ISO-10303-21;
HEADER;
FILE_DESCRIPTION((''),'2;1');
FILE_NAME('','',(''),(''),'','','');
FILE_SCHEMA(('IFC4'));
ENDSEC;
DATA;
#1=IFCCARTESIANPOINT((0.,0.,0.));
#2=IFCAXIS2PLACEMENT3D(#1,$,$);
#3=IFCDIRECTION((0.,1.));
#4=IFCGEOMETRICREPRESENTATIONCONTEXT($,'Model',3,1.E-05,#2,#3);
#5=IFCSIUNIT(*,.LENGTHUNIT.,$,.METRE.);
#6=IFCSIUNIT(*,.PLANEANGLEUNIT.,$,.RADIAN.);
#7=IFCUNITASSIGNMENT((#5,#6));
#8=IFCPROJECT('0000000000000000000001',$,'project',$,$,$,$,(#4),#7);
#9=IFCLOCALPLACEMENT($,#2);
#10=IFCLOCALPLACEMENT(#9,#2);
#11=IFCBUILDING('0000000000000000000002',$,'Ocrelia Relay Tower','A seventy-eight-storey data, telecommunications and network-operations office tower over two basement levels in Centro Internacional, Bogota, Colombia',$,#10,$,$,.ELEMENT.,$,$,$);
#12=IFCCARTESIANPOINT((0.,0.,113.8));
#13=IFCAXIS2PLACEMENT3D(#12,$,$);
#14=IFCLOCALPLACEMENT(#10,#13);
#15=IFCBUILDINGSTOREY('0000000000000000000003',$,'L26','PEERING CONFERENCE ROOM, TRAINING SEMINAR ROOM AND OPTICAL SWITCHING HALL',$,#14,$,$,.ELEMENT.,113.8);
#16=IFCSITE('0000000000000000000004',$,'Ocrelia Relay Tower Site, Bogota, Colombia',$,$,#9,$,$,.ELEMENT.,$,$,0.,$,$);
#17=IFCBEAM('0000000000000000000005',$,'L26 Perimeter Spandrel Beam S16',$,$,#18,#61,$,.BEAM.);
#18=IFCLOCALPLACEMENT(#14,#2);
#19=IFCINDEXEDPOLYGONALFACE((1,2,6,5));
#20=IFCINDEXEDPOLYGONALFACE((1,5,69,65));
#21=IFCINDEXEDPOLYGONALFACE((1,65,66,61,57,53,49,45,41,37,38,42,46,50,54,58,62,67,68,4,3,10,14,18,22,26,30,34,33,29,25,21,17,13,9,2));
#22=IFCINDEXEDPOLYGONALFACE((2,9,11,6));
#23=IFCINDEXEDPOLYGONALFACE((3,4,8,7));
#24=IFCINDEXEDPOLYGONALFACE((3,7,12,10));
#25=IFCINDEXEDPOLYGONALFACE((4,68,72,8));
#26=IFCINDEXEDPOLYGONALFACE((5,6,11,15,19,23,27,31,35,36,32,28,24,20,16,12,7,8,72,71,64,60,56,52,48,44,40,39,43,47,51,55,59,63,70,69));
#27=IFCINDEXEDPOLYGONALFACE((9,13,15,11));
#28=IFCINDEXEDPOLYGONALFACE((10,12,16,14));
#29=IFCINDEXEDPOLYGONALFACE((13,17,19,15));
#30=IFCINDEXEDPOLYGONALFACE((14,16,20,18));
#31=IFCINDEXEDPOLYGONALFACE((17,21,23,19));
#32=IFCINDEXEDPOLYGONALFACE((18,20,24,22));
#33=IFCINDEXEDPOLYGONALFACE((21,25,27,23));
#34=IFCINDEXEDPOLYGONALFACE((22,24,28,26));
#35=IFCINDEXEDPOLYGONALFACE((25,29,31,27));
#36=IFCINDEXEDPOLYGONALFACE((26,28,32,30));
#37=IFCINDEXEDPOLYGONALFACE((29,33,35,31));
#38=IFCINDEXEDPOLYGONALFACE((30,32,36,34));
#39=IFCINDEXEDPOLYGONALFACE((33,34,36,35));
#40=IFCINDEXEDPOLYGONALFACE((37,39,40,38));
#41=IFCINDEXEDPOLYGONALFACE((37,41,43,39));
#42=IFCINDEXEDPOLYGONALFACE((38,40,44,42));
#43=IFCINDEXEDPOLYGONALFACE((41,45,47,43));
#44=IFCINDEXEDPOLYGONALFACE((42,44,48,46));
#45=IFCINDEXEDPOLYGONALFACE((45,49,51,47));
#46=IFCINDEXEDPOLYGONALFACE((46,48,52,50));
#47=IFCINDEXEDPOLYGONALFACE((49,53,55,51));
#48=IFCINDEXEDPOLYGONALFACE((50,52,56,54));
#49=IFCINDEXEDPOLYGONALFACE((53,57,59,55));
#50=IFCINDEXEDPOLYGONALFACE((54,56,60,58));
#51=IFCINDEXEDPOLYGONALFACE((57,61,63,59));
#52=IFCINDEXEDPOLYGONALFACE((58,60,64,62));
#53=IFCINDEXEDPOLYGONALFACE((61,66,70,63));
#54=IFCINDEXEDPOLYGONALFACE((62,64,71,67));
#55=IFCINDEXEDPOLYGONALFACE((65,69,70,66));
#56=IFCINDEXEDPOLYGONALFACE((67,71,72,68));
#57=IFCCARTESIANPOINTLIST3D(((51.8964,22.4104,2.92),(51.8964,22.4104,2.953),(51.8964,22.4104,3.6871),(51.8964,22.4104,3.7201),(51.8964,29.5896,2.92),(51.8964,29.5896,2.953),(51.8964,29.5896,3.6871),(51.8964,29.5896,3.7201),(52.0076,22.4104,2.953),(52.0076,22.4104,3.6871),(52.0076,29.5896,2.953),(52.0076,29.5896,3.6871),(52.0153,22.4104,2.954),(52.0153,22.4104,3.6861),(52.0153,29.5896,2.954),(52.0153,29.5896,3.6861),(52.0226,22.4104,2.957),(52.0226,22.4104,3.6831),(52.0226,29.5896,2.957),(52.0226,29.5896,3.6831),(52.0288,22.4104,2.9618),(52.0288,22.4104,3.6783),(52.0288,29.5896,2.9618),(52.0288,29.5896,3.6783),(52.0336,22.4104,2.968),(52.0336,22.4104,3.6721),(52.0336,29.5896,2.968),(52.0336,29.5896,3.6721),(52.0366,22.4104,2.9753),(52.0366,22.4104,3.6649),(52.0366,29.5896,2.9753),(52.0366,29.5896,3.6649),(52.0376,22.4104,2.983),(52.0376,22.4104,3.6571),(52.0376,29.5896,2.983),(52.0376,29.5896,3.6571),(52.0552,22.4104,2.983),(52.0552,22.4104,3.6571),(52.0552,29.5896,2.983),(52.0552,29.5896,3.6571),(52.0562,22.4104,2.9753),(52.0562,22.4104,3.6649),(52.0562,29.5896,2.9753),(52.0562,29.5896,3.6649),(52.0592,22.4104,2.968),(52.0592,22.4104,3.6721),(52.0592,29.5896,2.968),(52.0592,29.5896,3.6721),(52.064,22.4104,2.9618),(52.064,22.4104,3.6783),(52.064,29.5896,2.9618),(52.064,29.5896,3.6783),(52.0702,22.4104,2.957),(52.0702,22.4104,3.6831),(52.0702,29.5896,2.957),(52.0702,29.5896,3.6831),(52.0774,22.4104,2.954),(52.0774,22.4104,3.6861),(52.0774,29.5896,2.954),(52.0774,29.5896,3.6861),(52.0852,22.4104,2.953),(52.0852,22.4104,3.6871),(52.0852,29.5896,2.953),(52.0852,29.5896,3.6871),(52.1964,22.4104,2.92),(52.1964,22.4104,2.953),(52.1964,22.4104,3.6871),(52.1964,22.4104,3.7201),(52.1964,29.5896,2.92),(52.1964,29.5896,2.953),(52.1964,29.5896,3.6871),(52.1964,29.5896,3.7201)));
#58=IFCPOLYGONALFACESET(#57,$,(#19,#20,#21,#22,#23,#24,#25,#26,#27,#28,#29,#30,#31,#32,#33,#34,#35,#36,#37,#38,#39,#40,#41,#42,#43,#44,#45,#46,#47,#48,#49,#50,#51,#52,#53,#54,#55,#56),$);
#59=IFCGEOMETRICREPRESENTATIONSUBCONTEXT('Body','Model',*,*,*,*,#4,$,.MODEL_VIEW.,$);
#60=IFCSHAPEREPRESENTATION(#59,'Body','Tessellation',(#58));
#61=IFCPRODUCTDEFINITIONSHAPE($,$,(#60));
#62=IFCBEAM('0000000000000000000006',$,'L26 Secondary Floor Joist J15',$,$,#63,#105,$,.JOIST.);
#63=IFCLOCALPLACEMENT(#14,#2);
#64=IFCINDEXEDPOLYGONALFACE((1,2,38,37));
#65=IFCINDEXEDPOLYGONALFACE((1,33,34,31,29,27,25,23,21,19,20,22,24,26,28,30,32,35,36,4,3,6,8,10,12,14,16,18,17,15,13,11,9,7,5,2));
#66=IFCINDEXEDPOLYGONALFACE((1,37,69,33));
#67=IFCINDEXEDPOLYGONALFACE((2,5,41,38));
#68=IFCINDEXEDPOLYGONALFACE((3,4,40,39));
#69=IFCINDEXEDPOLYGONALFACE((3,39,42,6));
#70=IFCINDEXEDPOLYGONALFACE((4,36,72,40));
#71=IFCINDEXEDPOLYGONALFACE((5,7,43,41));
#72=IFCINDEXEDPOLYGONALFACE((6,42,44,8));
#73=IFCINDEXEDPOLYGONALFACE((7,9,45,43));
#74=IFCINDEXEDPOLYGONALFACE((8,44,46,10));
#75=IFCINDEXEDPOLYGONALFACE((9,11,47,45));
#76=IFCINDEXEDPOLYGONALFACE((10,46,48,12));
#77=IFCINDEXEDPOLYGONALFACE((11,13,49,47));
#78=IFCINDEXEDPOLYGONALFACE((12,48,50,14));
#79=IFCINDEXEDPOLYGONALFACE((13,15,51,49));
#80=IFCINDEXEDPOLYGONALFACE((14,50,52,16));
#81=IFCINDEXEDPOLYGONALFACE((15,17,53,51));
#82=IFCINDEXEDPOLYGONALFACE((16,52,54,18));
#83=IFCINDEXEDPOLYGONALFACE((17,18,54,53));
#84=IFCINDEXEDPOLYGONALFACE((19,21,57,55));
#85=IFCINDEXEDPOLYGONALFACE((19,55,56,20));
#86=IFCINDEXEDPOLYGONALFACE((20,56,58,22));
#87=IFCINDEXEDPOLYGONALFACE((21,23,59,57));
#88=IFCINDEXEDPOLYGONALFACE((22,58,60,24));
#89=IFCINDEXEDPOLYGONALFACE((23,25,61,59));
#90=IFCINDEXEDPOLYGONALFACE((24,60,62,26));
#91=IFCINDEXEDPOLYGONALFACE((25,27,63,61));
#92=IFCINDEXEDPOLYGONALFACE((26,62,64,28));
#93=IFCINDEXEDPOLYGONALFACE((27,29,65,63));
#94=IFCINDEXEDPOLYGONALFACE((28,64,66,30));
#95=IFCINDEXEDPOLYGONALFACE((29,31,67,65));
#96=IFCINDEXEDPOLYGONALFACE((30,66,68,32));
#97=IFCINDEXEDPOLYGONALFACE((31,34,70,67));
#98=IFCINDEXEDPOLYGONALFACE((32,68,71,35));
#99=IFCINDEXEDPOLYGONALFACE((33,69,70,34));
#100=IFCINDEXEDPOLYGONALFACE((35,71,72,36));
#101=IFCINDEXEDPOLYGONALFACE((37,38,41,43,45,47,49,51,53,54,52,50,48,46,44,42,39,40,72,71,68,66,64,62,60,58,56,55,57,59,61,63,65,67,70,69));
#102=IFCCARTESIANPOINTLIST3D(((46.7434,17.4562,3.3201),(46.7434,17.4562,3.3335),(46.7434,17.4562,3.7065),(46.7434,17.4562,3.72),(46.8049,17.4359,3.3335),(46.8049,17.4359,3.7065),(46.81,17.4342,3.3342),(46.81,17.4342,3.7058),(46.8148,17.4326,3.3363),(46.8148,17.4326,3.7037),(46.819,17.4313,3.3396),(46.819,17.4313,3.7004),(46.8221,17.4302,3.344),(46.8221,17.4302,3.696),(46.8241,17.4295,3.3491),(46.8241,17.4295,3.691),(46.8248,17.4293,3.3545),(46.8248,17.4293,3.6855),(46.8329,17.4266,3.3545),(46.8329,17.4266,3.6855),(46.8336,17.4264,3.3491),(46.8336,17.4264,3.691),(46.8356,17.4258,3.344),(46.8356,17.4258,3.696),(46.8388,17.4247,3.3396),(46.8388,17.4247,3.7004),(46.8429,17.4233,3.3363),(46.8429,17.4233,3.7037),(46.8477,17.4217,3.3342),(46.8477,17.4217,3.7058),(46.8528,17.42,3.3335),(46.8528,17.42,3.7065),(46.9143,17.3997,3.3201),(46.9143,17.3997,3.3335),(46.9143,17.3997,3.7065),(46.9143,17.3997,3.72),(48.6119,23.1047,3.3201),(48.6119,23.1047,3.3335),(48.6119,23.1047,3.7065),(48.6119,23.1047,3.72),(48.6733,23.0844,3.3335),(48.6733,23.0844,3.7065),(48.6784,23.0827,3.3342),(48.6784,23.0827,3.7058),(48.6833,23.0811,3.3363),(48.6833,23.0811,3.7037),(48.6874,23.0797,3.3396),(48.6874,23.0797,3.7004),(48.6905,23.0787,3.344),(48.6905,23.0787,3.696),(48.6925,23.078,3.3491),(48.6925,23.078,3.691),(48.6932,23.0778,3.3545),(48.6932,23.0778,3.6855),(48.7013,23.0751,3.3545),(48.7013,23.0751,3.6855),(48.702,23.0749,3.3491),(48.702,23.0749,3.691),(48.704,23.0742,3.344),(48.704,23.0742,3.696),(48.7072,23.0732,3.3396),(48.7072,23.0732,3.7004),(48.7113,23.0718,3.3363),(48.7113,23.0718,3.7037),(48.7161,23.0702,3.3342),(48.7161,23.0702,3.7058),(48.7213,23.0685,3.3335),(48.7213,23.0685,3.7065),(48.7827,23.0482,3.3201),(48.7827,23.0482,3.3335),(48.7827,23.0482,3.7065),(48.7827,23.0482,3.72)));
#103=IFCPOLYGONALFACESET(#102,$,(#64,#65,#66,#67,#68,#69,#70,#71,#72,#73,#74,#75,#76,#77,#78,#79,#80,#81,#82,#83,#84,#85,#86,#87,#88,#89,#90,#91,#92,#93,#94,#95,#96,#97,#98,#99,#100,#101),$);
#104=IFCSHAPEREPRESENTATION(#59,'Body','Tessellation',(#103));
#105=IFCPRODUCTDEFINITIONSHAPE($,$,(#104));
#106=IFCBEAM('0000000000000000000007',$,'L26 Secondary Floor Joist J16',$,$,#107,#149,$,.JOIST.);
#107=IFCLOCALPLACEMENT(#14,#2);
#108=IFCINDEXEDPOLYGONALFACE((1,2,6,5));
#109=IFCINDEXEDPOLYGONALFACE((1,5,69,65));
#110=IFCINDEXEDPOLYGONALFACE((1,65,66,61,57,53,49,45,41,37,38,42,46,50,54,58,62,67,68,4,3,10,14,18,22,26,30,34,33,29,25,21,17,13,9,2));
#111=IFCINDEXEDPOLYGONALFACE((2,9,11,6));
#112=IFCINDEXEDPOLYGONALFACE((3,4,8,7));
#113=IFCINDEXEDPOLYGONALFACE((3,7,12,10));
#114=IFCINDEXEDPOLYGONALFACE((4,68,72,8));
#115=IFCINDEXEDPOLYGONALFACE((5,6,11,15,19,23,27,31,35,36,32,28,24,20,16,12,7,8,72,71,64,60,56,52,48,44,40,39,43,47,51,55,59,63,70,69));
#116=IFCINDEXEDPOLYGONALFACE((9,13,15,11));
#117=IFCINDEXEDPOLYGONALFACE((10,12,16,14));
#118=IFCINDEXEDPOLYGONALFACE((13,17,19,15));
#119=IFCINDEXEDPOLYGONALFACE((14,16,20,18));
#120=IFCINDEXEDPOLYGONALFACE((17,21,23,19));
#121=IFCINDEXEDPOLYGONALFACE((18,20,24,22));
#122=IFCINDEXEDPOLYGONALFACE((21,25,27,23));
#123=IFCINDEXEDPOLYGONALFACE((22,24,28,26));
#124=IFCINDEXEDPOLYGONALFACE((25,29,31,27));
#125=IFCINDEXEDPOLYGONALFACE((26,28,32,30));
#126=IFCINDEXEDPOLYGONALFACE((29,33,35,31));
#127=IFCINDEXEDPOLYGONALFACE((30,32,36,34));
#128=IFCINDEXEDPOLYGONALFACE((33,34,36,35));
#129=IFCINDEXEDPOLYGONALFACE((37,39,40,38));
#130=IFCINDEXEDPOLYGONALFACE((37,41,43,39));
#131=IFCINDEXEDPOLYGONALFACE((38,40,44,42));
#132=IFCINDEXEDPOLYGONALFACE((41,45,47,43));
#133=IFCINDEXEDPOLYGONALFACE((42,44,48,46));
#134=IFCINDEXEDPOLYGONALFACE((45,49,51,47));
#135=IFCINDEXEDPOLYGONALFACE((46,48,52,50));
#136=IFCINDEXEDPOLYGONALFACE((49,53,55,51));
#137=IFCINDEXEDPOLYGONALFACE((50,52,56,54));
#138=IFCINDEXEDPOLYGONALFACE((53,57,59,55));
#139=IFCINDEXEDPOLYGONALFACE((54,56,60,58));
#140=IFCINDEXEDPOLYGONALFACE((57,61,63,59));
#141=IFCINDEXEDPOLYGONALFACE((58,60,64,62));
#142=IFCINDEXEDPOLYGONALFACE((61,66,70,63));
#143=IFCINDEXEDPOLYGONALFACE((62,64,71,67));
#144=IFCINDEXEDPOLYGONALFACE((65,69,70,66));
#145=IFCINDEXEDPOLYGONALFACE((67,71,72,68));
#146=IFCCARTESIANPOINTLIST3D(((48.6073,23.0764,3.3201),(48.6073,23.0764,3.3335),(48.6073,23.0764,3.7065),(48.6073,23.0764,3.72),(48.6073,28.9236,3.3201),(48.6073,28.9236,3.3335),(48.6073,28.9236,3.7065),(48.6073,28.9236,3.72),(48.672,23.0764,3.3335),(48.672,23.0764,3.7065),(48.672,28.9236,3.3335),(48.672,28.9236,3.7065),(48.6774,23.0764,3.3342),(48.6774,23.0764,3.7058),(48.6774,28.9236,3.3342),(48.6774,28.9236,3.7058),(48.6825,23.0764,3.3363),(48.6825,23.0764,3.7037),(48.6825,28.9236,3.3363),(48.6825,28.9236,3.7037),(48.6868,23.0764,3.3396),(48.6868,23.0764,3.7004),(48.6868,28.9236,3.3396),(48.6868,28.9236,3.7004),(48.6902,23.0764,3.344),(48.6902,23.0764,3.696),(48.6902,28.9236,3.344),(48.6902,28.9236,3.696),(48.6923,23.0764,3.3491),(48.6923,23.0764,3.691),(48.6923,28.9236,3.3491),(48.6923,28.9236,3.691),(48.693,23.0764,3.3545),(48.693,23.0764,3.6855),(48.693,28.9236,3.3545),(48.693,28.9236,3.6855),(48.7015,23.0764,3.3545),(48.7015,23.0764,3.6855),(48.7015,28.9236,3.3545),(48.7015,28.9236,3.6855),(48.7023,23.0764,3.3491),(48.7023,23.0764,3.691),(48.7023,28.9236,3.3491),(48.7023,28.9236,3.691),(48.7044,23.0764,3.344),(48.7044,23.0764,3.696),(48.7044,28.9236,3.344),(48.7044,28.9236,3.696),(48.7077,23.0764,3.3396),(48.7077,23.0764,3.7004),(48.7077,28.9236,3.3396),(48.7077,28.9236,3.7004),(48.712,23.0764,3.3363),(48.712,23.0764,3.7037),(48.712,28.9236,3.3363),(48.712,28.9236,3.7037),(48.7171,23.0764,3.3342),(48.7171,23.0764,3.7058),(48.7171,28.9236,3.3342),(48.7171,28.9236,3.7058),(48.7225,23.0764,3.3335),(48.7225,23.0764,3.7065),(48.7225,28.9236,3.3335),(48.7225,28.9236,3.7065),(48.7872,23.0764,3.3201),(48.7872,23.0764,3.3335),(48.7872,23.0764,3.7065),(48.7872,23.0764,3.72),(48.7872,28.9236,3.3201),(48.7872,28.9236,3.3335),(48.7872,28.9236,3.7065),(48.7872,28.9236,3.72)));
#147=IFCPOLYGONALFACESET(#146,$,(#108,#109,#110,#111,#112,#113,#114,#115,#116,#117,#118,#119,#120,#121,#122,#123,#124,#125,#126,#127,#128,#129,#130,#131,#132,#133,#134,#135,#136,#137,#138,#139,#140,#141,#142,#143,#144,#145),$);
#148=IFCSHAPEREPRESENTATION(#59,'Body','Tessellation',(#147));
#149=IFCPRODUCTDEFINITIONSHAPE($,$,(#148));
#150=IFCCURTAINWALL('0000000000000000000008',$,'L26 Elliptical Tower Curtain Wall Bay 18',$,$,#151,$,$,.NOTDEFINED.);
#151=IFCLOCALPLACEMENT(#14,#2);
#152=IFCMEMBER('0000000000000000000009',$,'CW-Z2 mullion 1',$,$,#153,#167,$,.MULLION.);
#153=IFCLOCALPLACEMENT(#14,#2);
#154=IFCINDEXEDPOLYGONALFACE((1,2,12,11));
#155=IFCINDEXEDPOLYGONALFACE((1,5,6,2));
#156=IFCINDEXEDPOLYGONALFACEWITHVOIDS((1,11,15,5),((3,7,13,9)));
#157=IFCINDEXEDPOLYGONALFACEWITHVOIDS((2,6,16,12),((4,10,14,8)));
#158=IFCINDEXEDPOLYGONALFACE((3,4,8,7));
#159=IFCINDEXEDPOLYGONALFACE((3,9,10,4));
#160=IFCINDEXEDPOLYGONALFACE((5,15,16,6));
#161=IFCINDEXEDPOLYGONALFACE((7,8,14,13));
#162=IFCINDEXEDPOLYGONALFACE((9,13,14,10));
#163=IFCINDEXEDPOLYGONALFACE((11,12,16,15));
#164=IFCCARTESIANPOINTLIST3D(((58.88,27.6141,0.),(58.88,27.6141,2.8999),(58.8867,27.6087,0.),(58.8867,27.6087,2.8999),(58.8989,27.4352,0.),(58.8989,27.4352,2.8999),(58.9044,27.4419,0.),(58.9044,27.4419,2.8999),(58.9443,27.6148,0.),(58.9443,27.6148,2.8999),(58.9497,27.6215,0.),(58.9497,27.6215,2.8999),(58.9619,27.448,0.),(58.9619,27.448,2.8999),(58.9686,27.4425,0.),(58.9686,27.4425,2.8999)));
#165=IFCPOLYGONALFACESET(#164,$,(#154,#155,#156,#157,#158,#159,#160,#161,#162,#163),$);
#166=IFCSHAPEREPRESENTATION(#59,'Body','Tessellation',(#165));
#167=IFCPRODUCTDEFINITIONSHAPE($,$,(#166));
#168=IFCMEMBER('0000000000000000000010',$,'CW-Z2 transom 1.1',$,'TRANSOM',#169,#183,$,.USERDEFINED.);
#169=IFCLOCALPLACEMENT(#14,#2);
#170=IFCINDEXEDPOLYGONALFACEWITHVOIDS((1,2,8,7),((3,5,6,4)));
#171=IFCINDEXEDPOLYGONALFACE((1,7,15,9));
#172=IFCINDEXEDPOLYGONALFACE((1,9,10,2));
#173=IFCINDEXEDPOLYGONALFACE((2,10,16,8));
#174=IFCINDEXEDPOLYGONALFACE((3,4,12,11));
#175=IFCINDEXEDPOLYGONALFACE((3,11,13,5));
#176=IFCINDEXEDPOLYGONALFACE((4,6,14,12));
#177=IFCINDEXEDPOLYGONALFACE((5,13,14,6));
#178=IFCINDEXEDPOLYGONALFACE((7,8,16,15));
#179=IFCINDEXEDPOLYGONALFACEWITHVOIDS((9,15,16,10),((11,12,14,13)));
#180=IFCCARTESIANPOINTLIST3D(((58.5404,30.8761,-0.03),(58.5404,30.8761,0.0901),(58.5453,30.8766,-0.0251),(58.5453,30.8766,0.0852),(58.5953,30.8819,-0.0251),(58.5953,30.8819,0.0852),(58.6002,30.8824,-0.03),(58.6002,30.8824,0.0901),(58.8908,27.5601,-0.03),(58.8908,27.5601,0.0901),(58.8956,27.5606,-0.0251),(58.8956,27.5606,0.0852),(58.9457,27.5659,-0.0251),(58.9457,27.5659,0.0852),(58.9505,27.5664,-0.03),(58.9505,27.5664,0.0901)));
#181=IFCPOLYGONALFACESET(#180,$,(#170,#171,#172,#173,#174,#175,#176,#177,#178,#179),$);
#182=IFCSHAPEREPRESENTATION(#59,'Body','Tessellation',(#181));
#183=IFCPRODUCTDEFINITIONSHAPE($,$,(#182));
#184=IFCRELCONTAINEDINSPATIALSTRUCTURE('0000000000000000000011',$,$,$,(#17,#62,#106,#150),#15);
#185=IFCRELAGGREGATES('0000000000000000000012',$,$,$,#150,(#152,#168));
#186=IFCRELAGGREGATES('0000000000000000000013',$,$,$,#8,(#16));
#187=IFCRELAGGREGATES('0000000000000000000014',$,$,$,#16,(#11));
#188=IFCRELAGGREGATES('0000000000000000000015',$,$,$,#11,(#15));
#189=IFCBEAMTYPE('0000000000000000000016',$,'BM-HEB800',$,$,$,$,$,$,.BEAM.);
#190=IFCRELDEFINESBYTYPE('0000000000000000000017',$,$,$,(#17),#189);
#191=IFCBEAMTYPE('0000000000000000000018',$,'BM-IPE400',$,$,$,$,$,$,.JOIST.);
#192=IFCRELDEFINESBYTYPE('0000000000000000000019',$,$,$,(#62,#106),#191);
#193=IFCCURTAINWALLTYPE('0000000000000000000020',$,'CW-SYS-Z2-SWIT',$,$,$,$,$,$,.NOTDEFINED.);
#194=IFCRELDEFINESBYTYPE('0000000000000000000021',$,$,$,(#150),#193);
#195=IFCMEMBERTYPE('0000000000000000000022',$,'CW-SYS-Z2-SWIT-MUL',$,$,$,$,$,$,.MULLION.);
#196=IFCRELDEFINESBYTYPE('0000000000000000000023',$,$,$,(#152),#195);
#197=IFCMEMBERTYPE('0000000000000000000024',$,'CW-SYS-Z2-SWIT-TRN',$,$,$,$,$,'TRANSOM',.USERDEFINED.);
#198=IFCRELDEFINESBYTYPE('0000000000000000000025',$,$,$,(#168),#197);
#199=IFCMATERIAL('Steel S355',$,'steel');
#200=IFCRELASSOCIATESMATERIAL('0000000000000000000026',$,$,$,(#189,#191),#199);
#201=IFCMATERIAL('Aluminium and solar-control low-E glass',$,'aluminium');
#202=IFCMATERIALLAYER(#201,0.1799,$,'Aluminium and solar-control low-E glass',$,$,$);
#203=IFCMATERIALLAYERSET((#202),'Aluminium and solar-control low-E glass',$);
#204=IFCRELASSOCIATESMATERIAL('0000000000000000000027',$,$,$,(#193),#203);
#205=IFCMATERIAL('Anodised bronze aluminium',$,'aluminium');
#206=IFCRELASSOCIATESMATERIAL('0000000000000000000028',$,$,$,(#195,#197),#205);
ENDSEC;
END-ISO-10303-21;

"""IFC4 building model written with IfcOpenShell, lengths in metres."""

from ifc_helpers import new_model, si_unit, direction, frame, origin, origin_2d, place, context, subcontext, project, spatial, hollow_rectangle, i_section, extrude, material, layer, layer_set, material_profile, profile_set, type_object, element, aggregate, save


model = new_model("IFC4")

# Units and contexts
model_context = context("Model", 3, precision=1e-05, world=origin(), true_north=direction((0.0, 1.0)))
body_context = subcontext(model_context, "Body", "Model", "MODEL_VIEW")
ifc_project = project(units=[si_unit("LENGTHUNIT", "METRE"), si_unit("PLANEANGLEUNIT", "RADIAN")], contexts=[model_context])

# Site, building, storey
site_placement = place(None, origin())
site = spatial("IfcSite", under=ifc_project, at=site_placement, Name="Ocrelia Relay Tower Site, Bogota, Colombia", CompositionType="ELEMENT", RefElevation=0.0)
building_placement = place(site_placement, origin())
building = spatial("IfcBuilding", under=site, at=building_placement, Name="Ocrelia Relay Tower", Description="A seventy-eight-storey data, telecommunications and network-operations office tower over two basement levels in Centro Internacional, Bogota, Colombia", CompositionType="ELEMENT")
storey_placement = place(building_placement, frame((0.0, 0.0, 113.8)))
storey = spatial("IfcBuildingStorey", under=building, at=storey_placement, Name="L26", Description="PEERING CONFERENCE ROOM, TRAINING SEMINAR ROOM AND OPTICAL SWITCHING HALL", CompositionType="ELEMENT", Elevation=113.8)

# Beams
ifc_material_1 = material(Name="Steel S355", Category="steel")
ifc_material_profile_1 = material_profile(ifc_material_1, i_section(OverallWidth=0.3, OverallDepth=0.8, WebThickness=0.0176, FlangeThickness=0.033, FilletRadius=0.03, at=origin_2d()), Name="HEB 800")
ifc_profile_set_1 = profile_set([ifc_material_profile_1], Name="Steel S355")
beam_type_1 = type_object("IfcBeamType", Name="BM-HEB800", PredefinedType="BEAM", material=ifc_profile_set_1)
beam_1_placement = place(storey_placement, frame((52.0464, 22.4104, 3.3201), z_axis=(0.0, 1.0, 0.0), x_axis=(-1.0, 0.0, 0.0)))
element("IfcBeam", 1, at=beam_1_placement, inside=storey, type_object=beam_type_1, Name="L26 Perimeter Spandrel Beam S16", PredefinedType="BEAM", context=body_context, shape_type="SweptSolid", body=[
    extrude(i_section(OverallWidth=0.3, OverallDepth=0.8, WebThickness=0.0176, FlangeThickness=0.033, FilletRadius=0.03, at=origin_2d()), origin(), (0.0, 0.0, 1.0), 7.1792),
])
ifc_material_profile_2 = material_profile(ifc_material_1, i_section(OverallWidth=0.1799, OverallDepth=0.3999, WebThickness=0.0085, FlangeThickness=0.0134, FilletRadius=0.021, at=origin_2d()), Name="IPE 400")
ifc_profile_set_2 = profile_set([ifc_material_profile_2], Name="Steel S355")
beam_type_2 = type_object("IfcBeamType", Name="BM-IPE400", PredefinedType="JOIST", material=ifc_profile_set_2)
beam_2_placement = place(storey_placement, frame((46.8289, 17.428, 3.52), z_axis=(0.314048, 0.949407, 0.0), x_axis=(-0.949407, 0.314048, 0.0)))
element("IfcBeam", 2, at=beam_2_placement, inside=storey, type_object=beam_type_2, Name="L26 Secondary Floor Joist J15", PredefinedType="JOIST", context=body_context, shape_type="SweptSolid", body=[
    extrude(i_section(OverallWidth=0.1799, OverallDepth=0.3999, WebThickness=0.0085, FlangeThickness=0.0134, FilletRadius=0.021, at=origin_2d()), origin(), (0.0, 0.0, 1.0), 5.9495),
])
beam_3_placement = place(storey_placement, frame((48.6973, 23.0764, 3.52), z_axis=(0.0, 1.0, 0.0), x_axis=(-1.0, 0.0, 0.0)))
element("IfcBeam", 3, at=beam_3_placement, inside=storey, type_object=beam_type_2, Name="L26 Secondary Floor Joist J16", PredefinedType="JOIST", context=body_context, shape_type="SweptSolid", body=[
    extrude(i_section(OverallWidth=0.1799, OverallDepth=0.3999, WebThickness=0.0085, FlangeThickness=0.0134, FilletRadius=0.021, at=origin_2d()), origin(), (0.0, 0.0, 1.0), 5.8472),
])

# Curtain wall, members
ifc_material_2 = material(Name="Aluminium and solar-control low-E glass", Category="aluminium")
ifc_layer_1 = layer(ifc_material_2, 0.1799, Name="Aluminium and solar-control low-E glass")
ifc_layer_set_1 = layer_set([ifc_layer_1], Name="Aluminium and solar-control low-E glass")
curtain_wall_type = type_object("IfcCurtainWallType", Name="CW-SYS-Z2-SWIT", PredefinedType="NOTDEFINED", material=ifc_layer_set_1)
curtain_wall_placement = place(storey_placement, origin())
curtain_wall = element("IfcCurtainWall", 4, at=curtain_wall_placement, inside=storey, type_object=curtain_wall_type, Name="L26 Elliptical Tower Curtain Wall Bay 18", PredefinedType="NOTDEFINED")
ifc_material_3 = material(Name="Anodised bronze aluminium", Category="aluminium")
ifc_material_profile_3 = material_profile(ifc_material_3, hollow_rectangle(XDim=0.0701, YDim=0.1799, WallThickness=0.0061, at=origin_2d()), Name="CW-MUL-180x70")
ifc_profile_set_3 = profile_set([ifc_material_profile_3], Name="Anodised bronze aluminium")
member_type_1 = type_object("IfcMemberType", Name="CW-SYS-Z2-SWIT-MUL", PredefinedType="MULLION", material=ifc_profile_set_3)
member_1_placement = place(storey_placement, frame((58.9243, 27.5283, 0.0), z_axis=(0.0, 0.0, 1.0), x_axis=(-0.994466, -0.105058, 0.0)))
member_1 = element("IfcMember", 5, at=member_1_placement, type_object=member_type_1, Name="CW-Z2 mullion 1", PredefinedType="MULLION", context=body_context, shape_type="SweptSolid", body=[
    extrude(hollow_rectangle(XDim=0.0701, YDim=0.1799, WallThickness=0.0061, at=origin_2d()), origin(), (0.0, 0.0, 1.0), 2.8999),
])
ifc_material_profile_4 = material_profile(ifc_material_3, hollow_rectangle(XDim=0.0601, YDim=0.1201, WallThickness=0.0049, at=origin_2d()), Name="CW-TRN-120x60")
ifc_profile_set_4 = profile_set([ifc_material_profile_4], Name="Anodised bronze aluminium")
member_type_2 = type_object("IfcMemberType", Name="CW-SYS-Z2-SWIT-TRN", ElementType="TRANSOM", PredefinedType="USERDEFINED", material=ifc_profile_set_4)
member_2_placement = place(storey_placement, frame((58.9207, 27.5632, 0.03), z_axis=(-0.10507, 0.994465, 0.0), x_axis=(-0.994465, -0.10507, 0.0)))
member_2 = element("IfcMember", 6, at=member_2_placement, type_object=member_type_2, Name="CW-Z2 transom 1.1", ObjectType="TRANSOM", PredefinedType="USERDEFINED", context=body_context, shape_type="SweptSolid", body=[
    extrude(hollow_rectangle(XDim=0.0601, YDim=0.1201, WallThickness=0.0049, at=origin_2d()), origin(), (0.0, 0.0, 1.0), 3.3345),
])
aggregate(curtain_wall, [member_1, member_2])

save(model, "model.ifc")
